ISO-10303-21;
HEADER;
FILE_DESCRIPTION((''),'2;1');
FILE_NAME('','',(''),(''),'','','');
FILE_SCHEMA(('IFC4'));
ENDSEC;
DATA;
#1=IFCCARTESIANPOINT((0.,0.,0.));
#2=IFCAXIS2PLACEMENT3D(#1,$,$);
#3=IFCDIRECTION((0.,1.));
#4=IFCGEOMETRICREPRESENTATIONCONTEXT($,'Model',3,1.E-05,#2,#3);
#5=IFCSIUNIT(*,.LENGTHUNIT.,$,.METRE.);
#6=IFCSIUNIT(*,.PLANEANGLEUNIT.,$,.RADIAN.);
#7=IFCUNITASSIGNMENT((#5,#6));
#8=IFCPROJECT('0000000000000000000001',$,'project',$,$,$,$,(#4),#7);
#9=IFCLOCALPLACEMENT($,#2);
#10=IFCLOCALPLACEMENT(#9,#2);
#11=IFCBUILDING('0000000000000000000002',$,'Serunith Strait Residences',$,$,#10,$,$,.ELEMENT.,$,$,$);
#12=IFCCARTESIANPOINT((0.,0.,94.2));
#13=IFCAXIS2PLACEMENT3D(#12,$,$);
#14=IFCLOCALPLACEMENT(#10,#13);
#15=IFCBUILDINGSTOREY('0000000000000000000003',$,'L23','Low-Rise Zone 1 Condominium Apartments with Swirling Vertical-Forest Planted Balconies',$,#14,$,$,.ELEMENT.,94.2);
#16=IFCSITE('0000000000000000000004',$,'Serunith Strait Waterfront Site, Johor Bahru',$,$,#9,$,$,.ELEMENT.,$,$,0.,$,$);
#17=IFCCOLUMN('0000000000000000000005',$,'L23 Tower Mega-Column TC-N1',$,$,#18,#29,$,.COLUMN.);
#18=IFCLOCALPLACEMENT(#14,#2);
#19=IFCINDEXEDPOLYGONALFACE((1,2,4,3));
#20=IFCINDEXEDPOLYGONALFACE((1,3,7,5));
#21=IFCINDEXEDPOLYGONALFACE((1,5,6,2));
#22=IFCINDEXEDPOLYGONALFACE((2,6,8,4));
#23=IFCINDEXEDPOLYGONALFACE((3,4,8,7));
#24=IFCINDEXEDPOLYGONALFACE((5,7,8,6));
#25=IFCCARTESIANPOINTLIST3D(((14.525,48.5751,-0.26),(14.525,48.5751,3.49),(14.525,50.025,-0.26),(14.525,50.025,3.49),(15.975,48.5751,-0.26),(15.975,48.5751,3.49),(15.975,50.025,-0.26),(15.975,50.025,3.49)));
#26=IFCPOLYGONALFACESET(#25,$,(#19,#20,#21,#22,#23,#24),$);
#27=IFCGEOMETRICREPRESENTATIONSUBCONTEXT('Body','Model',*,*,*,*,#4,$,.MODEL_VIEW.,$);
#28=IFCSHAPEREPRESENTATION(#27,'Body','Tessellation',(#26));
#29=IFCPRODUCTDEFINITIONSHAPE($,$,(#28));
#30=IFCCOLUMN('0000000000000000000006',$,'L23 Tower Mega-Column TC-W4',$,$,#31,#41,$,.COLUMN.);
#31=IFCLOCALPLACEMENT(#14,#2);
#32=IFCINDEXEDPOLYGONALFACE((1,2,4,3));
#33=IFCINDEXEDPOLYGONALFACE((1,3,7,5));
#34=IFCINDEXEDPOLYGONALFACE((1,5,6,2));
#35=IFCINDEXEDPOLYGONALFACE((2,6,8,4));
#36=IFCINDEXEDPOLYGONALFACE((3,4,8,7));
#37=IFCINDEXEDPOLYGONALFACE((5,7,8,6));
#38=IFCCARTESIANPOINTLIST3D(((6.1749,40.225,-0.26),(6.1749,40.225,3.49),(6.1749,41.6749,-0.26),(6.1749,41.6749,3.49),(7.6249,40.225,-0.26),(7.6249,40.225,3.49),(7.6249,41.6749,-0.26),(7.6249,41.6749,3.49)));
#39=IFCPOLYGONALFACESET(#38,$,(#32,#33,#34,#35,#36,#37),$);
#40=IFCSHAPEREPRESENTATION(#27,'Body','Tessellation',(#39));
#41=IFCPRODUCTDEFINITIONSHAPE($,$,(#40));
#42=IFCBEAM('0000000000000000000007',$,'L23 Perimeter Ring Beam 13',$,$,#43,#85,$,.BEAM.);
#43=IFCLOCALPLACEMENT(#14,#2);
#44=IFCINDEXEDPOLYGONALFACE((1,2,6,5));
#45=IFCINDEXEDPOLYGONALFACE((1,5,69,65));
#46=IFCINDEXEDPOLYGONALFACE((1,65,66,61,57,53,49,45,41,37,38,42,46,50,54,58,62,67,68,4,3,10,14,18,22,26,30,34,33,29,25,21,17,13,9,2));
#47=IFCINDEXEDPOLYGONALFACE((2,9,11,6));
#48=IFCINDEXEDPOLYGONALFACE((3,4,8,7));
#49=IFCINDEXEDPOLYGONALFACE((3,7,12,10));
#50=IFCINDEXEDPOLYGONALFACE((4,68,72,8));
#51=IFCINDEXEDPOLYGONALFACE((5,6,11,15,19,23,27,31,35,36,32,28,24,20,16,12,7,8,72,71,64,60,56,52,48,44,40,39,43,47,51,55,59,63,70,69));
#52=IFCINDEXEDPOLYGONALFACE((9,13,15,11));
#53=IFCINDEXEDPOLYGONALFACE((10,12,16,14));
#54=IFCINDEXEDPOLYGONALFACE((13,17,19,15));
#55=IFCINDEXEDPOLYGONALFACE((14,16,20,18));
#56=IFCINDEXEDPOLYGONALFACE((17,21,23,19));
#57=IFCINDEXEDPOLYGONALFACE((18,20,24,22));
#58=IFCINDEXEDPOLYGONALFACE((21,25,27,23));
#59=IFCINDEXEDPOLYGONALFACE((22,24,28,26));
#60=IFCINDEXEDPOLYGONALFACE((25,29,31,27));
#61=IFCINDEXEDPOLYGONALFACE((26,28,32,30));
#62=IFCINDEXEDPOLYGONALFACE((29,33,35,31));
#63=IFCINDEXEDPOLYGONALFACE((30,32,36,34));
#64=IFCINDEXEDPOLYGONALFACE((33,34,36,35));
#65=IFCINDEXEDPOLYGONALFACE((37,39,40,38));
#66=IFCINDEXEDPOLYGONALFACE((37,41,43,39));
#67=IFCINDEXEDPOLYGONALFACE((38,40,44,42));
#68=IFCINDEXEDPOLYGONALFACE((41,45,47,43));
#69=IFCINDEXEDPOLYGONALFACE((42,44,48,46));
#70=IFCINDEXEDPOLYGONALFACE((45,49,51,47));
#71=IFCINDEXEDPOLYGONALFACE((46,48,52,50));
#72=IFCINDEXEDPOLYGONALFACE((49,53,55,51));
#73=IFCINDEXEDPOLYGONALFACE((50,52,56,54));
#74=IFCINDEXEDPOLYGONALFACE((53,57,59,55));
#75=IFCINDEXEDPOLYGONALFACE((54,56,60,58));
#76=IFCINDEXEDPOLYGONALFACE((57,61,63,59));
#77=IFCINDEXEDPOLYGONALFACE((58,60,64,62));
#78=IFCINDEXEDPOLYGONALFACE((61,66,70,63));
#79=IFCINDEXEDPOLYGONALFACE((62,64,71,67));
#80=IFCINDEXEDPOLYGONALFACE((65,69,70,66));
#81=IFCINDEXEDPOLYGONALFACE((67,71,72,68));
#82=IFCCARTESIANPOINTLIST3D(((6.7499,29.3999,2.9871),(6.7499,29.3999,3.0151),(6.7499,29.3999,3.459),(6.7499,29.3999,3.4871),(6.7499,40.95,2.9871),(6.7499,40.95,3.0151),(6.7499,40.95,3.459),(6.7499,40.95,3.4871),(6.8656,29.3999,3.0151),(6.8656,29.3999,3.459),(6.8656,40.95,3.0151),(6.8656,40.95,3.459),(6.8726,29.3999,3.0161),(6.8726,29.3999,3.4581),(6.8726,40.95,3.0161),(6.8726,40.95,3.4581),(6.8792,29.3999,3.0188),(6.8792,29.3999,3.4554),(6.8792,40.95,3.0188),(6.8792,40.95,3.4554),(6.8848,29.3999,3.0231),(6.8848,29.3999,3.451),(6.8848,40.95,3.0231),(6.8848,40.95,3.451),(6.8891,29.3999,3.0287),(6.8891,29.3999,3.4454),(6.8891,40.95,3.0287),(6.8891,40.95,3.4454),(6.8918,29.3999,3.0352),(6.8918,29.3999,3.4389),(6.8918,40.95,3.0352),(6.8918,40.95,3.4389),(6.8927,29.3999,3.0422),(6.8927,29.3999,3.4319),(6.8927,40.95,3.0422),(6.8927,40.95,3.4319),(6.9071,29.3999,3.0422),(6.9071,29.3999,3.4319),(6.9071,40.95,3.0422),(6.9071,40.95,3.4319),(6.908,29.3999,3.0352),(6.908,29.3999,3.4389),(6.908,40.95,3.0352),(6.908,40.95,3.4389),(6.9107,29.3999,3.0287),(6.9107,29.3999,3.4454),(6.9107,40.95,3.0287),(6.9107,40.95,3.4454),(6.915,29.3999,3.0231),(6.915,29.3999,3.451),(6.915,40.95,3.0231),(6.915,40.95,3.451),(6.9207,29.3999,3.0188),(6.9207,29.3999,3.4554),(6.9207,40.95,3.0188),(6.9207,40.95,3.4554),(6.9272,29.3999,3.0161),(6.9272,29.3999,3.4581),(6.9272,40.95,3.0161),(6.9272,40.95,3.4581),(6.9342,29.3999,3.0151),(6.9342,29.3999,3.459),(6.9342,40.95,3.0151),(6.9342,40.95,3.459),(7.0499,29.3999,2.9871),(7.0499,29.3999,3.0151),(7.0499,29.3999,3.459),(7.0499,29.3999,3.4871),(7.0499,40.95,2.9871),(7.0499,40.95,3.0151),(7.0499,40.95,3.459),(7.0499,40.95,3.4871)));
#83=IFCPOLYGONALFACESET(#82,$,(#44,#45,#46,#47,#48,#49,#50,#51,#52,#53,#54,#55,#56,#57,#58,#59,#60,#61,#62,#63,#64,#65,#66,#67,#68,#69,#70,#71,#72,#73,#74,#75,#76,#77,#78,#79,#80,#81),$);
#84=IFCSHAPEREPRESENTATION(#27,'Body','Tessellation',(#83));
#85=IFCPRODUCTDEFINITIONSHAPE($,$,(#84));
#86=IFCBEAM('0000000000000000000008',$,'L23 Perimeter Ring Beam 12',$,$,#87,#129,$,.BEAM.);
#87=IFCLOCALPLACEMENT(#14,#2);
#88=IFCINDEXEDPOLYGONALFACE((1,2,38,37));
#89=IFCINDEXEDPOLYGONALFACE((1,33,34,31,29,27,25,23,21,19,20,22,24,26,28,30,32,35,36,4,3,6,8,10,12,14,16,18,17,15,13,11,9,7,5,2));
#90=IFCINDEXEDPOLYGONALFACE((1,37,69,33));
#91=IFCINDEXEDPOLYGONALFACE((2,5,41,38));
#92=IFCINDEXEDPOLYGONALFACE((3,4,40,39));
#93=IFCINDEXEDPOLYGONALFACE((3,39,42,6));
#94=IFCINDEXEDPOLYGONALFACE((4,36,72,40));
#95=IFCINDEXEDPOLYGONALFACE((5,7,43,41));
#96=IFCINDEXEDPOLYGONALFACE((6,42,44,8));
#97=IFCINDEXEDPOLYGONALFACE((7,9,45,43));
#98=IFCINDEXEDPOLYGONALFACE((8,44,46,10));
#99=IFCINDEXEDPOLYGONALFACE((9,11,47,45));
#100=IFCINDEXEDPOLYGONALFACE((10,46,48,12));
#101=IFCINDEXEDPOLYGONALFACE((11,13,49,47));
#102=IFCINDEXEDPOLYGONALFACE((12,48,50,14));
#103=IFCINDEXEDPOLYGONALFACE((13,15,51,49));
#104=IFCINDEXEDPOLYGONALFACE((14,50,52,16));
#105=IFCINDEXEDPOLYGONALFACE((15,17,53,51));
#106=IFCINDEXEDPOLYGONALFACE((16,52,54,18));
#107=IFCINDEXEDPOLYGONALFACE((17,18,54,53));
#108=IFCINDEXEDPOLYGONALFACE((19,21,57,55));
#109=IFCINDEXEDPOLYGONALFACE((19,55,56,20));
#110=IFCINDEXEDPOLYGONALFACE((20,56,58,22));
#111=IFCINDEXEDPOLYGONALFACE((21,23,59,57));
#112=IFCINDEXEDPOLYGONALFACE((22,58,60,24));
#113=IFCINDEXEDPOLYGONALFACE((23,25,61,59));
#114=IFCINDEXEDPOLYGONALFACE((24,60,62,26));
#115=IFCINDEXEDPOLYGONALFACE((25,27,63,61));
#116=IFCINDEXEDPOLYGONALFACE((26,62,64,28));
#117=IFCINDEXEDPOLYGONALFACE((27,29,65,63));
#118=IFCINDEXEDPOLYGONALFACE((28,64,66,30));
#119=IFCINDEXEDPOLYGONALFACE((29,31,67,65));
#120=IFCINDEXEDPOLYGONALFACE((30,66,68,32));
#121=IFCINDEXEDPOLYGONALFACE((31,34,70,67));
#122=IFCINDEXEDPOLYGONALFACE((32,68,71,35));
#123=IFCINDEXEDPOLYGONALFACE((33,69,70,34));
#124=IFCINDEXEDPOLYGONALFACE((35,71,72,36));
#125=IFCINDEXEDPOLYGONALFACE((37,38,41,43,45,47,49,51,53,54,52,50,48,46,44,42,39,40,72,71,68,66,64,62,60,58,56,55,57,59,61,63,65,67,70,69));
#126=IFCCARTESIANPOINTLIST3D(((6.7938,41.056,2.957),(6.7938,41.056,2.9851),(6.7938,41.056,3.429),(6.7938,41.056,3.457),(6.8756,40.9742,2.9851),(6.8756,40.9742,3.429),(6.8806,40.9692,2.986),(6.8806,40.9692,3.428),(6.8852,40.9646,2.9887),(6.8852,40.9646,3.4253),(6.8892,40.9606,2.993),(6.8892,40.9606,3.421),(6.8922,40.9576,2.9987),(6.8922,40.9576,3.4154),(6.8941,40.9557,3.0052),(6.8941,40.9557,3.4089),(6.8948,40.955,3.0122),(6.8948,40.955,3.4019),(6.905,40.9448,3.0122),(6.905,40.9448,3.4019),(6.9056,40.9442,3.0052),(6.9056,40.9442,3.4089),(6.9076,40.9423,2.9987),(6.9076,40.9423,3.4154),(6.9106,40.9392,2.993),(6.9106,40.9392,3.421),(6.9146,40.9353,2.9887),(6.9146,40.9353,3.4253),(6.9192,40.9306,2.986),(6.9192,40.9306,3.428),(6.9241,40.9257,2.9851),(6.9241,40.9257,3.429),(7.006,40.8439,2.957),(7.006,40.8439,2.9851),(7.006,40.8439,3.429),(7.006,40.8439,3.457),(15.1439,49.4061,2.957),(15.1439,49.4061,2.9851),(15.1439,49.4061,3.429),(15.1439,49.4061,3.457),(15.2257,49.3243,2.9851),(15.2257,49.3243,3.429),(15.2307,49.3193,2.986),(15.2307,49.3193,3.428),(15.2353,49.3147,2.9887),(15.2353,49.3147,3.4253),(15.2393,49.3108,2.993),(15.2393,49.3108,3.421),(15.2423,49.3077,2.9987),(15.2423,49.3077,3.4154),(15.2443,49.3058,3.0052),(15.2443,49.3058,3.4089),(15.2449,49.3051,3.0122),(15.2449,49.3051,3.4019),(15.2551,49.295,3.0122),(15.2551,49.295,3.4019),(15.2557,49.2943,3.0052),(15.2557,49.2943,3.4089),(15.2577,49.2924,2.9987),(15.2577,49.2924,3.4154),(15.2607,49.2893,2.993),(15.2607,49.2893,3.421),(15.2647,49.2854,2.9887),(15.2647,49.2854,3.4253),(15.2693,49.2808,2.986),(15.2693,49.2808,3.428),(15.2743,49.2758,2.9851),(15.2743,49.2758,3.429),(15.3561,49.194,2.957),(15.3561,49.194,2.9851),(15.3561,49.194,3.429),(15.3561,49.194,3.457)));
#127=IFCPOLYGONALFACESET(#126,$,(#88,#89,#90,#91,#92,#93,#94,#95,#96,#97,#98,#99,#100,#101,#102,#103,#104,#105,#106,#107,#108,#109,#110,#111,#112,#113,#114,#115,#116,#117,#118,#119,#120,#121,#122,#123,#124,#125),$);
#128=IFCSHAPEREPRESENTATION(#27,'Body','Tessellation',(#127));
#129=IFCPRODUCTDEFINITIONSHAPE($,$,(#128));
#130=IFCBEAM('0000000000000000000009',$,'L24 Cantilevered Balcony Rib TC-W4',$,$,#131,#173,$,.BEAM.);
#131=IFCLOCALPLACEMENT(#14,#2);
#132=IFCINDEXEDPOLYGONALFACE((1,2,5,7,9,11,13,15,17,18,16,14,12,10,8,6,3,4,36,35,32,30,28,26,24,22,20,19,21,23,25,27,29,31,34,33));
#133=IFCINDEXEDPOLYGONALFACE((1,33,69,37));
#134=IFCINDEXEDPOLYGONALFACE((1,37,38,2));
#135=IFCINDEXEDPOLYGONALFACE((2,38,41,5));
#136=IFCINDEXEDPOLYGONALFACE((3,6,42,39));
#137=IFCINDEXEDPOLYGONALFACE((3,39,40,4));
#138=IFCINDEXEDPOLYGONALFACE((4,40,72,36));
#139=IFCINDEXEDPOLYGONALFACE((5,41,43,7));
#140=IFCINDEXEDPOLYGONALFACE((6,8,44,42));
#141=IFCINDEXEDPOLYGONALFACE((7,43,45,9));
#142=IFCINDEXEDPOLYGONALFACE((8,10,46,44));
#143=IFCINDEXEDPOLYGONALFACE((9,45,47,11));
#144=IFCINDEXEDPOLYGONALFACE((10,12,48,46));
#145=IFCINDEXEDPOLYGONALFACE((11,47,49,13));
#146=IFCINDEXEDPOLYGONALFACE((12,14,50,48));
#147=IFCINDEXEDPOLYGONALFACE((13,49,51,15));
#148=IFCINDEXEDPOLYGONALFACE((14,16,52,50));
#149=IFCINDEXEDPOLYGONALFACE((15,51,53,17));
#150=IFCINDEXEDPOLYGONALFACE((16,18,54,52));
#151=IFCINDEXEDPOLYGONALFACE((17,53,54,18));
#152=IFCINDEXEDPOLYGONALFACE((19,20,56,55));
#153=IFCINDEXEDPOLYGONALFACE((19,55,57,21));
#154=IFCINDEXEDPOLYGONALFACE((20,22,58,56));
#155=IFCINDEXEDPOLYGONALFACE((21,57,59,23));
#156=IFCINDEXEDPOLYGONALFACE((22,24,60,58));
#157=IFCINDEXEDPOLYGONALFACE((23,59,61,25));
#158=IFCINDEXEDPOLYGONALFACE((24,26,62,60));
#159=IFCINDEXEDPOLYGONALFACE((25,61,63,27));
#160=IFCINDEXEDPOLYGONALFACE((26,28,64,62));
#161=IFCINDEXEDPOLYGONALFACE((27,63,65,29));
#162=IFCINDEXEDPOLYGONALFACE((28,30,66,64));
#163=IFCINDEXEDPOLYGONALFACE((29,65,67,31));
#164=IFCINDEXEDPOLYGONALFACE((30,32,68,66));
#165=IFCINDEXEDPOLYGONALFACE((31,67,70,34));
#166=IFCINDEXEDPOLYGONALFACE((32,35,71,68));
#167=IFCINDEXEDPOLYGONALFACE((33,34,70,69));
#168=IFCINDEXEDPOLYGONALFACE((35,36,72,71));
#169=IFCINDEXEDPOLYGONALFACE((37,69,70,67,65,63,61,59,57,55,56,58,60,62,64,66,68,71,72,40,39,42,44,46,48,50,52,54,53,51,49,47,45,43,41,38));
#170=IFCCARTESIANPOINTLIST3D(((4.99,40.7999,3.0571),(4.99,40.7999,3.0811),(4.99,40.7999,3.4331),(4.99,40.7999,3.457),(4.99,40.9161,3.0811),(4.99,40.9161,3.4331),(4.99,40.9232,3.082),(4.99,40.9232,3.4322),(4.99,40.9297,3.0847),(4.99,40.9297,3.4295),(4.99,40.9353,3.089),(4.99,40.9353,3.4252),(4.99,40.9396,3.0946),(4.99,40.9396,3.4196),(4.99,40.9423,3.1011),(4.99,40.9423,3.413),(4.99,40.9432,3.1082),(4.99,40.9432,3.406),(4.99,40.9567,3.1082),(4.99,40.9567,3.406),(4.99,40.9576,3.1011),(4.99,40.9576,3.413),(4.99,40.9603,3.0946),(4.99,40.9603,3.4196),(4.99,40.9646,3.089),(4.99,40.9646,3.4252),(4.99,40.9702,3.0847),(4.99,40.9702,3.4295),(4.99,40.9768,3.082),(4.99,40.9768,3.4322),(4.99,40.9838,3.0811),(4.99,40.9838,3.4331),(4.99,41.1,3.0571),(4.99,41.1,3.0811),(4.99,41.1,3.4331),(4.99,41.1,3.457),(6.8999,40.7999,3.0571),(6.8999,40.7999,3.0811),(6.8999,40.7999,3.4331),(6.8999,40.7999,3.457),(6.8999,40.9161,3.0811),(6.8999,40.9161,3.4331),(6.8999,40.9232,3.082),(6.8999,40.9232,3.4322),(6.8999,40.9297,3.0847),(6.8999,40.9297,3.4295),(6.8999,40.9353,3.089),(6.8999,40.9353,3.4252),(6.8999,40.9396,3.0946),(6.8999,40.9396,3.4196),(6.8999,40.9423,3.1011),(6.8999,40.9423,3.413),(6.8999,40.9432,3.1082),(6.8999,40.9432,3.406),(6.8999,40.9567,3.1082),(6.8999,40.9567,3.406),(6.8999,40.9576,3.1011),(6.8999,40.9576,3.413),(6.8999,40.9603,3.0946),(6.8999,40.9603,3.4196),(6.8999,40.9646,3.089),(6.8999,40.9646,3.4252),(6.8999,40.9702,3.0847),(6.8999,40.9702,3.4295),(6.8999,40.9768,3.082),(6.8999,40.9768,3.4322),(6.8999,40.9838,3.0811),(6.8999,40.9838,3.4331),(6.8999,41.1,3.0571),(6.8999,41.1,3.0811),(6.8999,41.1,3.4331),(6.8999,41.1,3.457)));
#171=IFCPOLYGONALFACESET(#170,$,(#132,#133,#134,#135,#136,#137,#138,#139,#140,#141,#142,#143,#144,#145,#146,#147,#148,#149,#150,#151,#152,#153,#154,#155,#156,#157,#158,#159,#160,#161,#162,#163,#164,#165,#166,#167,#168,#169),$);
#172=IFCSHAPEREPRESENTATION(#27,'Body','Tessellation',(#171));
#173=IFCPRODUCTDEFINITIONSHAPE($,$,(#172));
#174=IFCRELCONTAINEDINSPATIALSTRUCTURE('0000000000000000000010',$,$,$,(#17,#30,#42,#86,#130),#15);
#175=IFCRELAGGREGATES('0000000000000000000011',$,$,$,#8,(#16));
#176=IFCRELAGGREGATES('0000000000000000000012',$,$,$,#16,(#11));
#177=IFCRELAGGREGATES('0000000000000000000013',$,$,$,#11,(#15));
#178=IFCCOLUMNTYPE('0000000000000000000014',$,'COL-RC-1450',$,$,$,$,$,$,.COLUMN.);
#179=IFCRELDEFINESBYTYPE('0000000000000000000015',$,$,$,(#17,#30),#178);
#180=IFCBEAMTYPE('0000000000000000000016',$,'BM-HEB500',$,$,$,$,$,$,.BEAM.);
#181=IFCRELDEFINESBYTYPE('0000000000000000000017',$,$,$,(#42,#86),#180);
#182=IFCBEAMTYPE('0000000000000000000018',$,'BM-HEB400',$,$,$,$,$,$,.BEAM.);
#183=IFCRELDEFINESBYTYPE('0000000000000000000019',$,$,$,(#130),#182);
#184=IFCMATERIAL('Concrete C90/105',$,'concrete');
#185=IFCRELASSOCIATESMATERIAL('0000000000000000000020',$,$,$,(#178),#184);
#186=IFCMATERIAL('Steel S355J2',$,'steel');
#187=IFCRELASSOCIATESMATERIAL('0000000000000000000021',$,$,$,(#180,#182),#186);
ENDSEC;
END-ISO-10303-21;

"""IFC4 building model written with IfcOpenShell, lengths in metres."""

from ifc_helpers import new_model, si_unit, direction, frame, origin, origin_2d, place, context, subcontext, project, spatial, rectangle, i_section, extrude, source, transform, mapped, material, material_profile, profile_set, type_object, element, save


model = new_model("IFC4")

# Units and contexts
model_context = context("Model", 3, precision=1e-05, world=origin(), true_north=direction((0.0, 1.0)))
body_context = subcontext(model_context, "Body", "Model", "MODEL_VIEW")
ifc_project = project(units=[si_unit("LENGTHUNIT", "METRE"), si_unit("PLANEANGLEUNIT", "RADIAN")], contexts=[model_context])

# Site, building, storey
site_placement = place(None, origin())
site = spatial("IfcSite", under=ifc_project, at=site_placement, Name="Serunith Strait Waterfront Site, Johor Bahru", CompositionType="ELEMENT", RefElevation=0.0)
building_placement = place(site_placement, origin())
building = spatial("IfcBuilding", under=site, at=building_placement, Name="Serunith Strait Residences", CompositionType="ELEMENT")
storey_placement = place(building_placement, frame((0.0, 0.0, 94.2)))
storey = spatial("IfcBuildingStorey", under=building, at=storey_placement, Name="L23", Description="Low-Rise Zone 1 Condominium Apartments with Swirling Vertical-Forest Planted Balconies", CompositionType="ELEMENT", Elevation=94.2)

# Columns
ifc_material_1 = material(Name="Concrete C90/105", Category="concrete")
ifc_material_profile_1 = material_profile(ifc_material_1, rectangle(XDim=1.45, YDim=1.45, at=origin_2d()), Name="RC 1450x1450")
ifc_profile_set_1 = profile_set([ifc_material_profile_1], Name="Concrete C90/105")
column_type = type_object("IfcColumnType", Name="COL-RC-1450", PredefinedType="COLUMN", material=ifc_profile_set_1)
shared_shape_1 = source(origin(), body_context, "Body", "SweptSolid", [
    extrude(rectangle(XDim=1.45, YDim=1.45, at=origin_2d()), origin(), (0.0, 0.0, 1.0), 3.75),
])
for number, where, z_axis, x_axis, name in (
    (1, (15.25, 49.3, -0.26), (0.0, 0.0, 1.0), (1.0, 0.0, 0.0), "L23 Tower Mega-Column TC-N1"),
    (2, (6.8999, 40.95, -0.26), (0.0, 0.0, 1.0), (1.0, 0.0, 0.0), "L23 Tower Mega-Column TC-W4"),
):
    element("IfcColumn", number, at=place(storey_placement, frame(where, z_axis=z_axis, x_axis=x_axis)), inside=storey, type_object=column_type, Name=name, PredefinedType="COLUMN", context=body_context, shape_type="MappedRepresentation", body=[
        mapped(shared_shape_1, transform((0.0, 0.0, 0.0), scale=1.0)),
    ])

# Beams
ifc_material_2 = material(Name="Steel S355J2", Category="steel")
ifc_material_profile_2 = material_profile(ifc_material_2, i_section(OverallWidth=0.3, OverallDepth=0.5, WebThickness=0.0144, FlangeThickness=0.0281, FilletRadius=0.0271, at=origin_2d()), Name="HEB 500")
ifc_profile_set_2 = profile_set([ifc_material_profile_2], Name="Steel S355J2")
beam_type_1 = type_object("IfcBeamType", Name="BM-HEB500", PredefinedType="BEAM", material=ifc_profile_set_2)
shared_shape_2 = source(origin(), body_context, "Body", "SweptSolid", [
    extrude(i_section(OverallWidth=0.3, OverallDepth=0.5, WebThickness=0.0144, FlangeThickness=0.0281, FilletRadius=0.0271, at=origin_2d()), origin(), (0.0, 0.0, 1.0), 11.55),
])
beam_1_placement = place(storey_placement, frame((6.8999, 40.95, 3.2371), z_axis=(0.0, -1.0, 0.0), x_axis=(1.0, 0.0, 0.0)))
element("IfcBeam", 3, at=beam_1_placement, inside=storey, type_object=beam_type_1, Name="L23 Perimeter Ring Beam 13", PredefinedType="BEAM", context=body_context, shape_type="MappedRepresentation", body=[
    mapped(shared_shape_2, transform((0.0, 0.0, 0.0), scale=1.0)),
])
shared_shape_3 = source(origin(), body_context, "Body", "SweptSolid", [
    extrude(i_section(OverallWidth=0.3, OverallDepth=0.5, WebThickness=0.0144, FlangeThickness=0.0281, FilletRadius=0.0271, at=origin_2d()), origin(), (0.0, 0.0, 1.0), 11.8088),
])
beam_2_placement = place(storey_placement, frame((15.25, 49.3, 3.207), z_axis=(-0.707107, -0.707107, 0.0), x_axis=(0.707107, -0.707107, 0.0)))
element("IfcBeam", 4, at=beam_2_placement, inside=storey, type_object=beam_type_1, Name="L23 Perimeter Ring Beam 12", PredefinedType="BEAM", context=body_context, shape_type="MappedRepresentation", body=[
    mapped(shared_shape_3, transform((0.0, 0.0, 0.0), scale=1.0)),
])
ifc_material_profile_3 = material_profile(ifc_material_2, i_section(OverallWidth=0.3, OverallDepth=0.3999, WebThickness=0.0134, FlangeThickness=0.0239, FilletRadius=0.0271, at=origin_2d()), Name="HEB 400")
ifc_profile_set_3 = profile_set([ifc_material_profile_3], Name="Steel S355J2")
beam_type_2 = type_object("IfcBeamType", Name="BM-HEB400", PredefinedType="BEAM", material=ifc_profile_set_3)
shared_shape_4 = source(origin(), body_context, "Body", "SweptSolid", [
    extrude(i_section(OverallWidth=0.3, OverallDepth=0.3999, WebThickness=0.0134, FlangeThickness=0.0239, FilletRadius=0.0271, at=origin_2d()), origin(), (0.0, 0.0, 1.0), 1.9099),
])
beam_3_placement = place(storey_placement, frame((6.8999, 40.95, 3.2571), z_axis=(-1.0, 0.0, 0.0), x_axis=(0.0, -1.0, 0.0)))
element("IfcBeam", 5, at=beam_3_placement, inside=storey, type_object=beam_type_2, Name="L24 Cantilevered Balcony Rib TC-W4", PredefinedType="BEAM", context=body_context, shape_type="MappedRepresentation", body=[
    mapped(shared_shape_4, transform((0.0, 0.0, 0.0), scale=1.0)),
])

save(model, "model.ifc")
